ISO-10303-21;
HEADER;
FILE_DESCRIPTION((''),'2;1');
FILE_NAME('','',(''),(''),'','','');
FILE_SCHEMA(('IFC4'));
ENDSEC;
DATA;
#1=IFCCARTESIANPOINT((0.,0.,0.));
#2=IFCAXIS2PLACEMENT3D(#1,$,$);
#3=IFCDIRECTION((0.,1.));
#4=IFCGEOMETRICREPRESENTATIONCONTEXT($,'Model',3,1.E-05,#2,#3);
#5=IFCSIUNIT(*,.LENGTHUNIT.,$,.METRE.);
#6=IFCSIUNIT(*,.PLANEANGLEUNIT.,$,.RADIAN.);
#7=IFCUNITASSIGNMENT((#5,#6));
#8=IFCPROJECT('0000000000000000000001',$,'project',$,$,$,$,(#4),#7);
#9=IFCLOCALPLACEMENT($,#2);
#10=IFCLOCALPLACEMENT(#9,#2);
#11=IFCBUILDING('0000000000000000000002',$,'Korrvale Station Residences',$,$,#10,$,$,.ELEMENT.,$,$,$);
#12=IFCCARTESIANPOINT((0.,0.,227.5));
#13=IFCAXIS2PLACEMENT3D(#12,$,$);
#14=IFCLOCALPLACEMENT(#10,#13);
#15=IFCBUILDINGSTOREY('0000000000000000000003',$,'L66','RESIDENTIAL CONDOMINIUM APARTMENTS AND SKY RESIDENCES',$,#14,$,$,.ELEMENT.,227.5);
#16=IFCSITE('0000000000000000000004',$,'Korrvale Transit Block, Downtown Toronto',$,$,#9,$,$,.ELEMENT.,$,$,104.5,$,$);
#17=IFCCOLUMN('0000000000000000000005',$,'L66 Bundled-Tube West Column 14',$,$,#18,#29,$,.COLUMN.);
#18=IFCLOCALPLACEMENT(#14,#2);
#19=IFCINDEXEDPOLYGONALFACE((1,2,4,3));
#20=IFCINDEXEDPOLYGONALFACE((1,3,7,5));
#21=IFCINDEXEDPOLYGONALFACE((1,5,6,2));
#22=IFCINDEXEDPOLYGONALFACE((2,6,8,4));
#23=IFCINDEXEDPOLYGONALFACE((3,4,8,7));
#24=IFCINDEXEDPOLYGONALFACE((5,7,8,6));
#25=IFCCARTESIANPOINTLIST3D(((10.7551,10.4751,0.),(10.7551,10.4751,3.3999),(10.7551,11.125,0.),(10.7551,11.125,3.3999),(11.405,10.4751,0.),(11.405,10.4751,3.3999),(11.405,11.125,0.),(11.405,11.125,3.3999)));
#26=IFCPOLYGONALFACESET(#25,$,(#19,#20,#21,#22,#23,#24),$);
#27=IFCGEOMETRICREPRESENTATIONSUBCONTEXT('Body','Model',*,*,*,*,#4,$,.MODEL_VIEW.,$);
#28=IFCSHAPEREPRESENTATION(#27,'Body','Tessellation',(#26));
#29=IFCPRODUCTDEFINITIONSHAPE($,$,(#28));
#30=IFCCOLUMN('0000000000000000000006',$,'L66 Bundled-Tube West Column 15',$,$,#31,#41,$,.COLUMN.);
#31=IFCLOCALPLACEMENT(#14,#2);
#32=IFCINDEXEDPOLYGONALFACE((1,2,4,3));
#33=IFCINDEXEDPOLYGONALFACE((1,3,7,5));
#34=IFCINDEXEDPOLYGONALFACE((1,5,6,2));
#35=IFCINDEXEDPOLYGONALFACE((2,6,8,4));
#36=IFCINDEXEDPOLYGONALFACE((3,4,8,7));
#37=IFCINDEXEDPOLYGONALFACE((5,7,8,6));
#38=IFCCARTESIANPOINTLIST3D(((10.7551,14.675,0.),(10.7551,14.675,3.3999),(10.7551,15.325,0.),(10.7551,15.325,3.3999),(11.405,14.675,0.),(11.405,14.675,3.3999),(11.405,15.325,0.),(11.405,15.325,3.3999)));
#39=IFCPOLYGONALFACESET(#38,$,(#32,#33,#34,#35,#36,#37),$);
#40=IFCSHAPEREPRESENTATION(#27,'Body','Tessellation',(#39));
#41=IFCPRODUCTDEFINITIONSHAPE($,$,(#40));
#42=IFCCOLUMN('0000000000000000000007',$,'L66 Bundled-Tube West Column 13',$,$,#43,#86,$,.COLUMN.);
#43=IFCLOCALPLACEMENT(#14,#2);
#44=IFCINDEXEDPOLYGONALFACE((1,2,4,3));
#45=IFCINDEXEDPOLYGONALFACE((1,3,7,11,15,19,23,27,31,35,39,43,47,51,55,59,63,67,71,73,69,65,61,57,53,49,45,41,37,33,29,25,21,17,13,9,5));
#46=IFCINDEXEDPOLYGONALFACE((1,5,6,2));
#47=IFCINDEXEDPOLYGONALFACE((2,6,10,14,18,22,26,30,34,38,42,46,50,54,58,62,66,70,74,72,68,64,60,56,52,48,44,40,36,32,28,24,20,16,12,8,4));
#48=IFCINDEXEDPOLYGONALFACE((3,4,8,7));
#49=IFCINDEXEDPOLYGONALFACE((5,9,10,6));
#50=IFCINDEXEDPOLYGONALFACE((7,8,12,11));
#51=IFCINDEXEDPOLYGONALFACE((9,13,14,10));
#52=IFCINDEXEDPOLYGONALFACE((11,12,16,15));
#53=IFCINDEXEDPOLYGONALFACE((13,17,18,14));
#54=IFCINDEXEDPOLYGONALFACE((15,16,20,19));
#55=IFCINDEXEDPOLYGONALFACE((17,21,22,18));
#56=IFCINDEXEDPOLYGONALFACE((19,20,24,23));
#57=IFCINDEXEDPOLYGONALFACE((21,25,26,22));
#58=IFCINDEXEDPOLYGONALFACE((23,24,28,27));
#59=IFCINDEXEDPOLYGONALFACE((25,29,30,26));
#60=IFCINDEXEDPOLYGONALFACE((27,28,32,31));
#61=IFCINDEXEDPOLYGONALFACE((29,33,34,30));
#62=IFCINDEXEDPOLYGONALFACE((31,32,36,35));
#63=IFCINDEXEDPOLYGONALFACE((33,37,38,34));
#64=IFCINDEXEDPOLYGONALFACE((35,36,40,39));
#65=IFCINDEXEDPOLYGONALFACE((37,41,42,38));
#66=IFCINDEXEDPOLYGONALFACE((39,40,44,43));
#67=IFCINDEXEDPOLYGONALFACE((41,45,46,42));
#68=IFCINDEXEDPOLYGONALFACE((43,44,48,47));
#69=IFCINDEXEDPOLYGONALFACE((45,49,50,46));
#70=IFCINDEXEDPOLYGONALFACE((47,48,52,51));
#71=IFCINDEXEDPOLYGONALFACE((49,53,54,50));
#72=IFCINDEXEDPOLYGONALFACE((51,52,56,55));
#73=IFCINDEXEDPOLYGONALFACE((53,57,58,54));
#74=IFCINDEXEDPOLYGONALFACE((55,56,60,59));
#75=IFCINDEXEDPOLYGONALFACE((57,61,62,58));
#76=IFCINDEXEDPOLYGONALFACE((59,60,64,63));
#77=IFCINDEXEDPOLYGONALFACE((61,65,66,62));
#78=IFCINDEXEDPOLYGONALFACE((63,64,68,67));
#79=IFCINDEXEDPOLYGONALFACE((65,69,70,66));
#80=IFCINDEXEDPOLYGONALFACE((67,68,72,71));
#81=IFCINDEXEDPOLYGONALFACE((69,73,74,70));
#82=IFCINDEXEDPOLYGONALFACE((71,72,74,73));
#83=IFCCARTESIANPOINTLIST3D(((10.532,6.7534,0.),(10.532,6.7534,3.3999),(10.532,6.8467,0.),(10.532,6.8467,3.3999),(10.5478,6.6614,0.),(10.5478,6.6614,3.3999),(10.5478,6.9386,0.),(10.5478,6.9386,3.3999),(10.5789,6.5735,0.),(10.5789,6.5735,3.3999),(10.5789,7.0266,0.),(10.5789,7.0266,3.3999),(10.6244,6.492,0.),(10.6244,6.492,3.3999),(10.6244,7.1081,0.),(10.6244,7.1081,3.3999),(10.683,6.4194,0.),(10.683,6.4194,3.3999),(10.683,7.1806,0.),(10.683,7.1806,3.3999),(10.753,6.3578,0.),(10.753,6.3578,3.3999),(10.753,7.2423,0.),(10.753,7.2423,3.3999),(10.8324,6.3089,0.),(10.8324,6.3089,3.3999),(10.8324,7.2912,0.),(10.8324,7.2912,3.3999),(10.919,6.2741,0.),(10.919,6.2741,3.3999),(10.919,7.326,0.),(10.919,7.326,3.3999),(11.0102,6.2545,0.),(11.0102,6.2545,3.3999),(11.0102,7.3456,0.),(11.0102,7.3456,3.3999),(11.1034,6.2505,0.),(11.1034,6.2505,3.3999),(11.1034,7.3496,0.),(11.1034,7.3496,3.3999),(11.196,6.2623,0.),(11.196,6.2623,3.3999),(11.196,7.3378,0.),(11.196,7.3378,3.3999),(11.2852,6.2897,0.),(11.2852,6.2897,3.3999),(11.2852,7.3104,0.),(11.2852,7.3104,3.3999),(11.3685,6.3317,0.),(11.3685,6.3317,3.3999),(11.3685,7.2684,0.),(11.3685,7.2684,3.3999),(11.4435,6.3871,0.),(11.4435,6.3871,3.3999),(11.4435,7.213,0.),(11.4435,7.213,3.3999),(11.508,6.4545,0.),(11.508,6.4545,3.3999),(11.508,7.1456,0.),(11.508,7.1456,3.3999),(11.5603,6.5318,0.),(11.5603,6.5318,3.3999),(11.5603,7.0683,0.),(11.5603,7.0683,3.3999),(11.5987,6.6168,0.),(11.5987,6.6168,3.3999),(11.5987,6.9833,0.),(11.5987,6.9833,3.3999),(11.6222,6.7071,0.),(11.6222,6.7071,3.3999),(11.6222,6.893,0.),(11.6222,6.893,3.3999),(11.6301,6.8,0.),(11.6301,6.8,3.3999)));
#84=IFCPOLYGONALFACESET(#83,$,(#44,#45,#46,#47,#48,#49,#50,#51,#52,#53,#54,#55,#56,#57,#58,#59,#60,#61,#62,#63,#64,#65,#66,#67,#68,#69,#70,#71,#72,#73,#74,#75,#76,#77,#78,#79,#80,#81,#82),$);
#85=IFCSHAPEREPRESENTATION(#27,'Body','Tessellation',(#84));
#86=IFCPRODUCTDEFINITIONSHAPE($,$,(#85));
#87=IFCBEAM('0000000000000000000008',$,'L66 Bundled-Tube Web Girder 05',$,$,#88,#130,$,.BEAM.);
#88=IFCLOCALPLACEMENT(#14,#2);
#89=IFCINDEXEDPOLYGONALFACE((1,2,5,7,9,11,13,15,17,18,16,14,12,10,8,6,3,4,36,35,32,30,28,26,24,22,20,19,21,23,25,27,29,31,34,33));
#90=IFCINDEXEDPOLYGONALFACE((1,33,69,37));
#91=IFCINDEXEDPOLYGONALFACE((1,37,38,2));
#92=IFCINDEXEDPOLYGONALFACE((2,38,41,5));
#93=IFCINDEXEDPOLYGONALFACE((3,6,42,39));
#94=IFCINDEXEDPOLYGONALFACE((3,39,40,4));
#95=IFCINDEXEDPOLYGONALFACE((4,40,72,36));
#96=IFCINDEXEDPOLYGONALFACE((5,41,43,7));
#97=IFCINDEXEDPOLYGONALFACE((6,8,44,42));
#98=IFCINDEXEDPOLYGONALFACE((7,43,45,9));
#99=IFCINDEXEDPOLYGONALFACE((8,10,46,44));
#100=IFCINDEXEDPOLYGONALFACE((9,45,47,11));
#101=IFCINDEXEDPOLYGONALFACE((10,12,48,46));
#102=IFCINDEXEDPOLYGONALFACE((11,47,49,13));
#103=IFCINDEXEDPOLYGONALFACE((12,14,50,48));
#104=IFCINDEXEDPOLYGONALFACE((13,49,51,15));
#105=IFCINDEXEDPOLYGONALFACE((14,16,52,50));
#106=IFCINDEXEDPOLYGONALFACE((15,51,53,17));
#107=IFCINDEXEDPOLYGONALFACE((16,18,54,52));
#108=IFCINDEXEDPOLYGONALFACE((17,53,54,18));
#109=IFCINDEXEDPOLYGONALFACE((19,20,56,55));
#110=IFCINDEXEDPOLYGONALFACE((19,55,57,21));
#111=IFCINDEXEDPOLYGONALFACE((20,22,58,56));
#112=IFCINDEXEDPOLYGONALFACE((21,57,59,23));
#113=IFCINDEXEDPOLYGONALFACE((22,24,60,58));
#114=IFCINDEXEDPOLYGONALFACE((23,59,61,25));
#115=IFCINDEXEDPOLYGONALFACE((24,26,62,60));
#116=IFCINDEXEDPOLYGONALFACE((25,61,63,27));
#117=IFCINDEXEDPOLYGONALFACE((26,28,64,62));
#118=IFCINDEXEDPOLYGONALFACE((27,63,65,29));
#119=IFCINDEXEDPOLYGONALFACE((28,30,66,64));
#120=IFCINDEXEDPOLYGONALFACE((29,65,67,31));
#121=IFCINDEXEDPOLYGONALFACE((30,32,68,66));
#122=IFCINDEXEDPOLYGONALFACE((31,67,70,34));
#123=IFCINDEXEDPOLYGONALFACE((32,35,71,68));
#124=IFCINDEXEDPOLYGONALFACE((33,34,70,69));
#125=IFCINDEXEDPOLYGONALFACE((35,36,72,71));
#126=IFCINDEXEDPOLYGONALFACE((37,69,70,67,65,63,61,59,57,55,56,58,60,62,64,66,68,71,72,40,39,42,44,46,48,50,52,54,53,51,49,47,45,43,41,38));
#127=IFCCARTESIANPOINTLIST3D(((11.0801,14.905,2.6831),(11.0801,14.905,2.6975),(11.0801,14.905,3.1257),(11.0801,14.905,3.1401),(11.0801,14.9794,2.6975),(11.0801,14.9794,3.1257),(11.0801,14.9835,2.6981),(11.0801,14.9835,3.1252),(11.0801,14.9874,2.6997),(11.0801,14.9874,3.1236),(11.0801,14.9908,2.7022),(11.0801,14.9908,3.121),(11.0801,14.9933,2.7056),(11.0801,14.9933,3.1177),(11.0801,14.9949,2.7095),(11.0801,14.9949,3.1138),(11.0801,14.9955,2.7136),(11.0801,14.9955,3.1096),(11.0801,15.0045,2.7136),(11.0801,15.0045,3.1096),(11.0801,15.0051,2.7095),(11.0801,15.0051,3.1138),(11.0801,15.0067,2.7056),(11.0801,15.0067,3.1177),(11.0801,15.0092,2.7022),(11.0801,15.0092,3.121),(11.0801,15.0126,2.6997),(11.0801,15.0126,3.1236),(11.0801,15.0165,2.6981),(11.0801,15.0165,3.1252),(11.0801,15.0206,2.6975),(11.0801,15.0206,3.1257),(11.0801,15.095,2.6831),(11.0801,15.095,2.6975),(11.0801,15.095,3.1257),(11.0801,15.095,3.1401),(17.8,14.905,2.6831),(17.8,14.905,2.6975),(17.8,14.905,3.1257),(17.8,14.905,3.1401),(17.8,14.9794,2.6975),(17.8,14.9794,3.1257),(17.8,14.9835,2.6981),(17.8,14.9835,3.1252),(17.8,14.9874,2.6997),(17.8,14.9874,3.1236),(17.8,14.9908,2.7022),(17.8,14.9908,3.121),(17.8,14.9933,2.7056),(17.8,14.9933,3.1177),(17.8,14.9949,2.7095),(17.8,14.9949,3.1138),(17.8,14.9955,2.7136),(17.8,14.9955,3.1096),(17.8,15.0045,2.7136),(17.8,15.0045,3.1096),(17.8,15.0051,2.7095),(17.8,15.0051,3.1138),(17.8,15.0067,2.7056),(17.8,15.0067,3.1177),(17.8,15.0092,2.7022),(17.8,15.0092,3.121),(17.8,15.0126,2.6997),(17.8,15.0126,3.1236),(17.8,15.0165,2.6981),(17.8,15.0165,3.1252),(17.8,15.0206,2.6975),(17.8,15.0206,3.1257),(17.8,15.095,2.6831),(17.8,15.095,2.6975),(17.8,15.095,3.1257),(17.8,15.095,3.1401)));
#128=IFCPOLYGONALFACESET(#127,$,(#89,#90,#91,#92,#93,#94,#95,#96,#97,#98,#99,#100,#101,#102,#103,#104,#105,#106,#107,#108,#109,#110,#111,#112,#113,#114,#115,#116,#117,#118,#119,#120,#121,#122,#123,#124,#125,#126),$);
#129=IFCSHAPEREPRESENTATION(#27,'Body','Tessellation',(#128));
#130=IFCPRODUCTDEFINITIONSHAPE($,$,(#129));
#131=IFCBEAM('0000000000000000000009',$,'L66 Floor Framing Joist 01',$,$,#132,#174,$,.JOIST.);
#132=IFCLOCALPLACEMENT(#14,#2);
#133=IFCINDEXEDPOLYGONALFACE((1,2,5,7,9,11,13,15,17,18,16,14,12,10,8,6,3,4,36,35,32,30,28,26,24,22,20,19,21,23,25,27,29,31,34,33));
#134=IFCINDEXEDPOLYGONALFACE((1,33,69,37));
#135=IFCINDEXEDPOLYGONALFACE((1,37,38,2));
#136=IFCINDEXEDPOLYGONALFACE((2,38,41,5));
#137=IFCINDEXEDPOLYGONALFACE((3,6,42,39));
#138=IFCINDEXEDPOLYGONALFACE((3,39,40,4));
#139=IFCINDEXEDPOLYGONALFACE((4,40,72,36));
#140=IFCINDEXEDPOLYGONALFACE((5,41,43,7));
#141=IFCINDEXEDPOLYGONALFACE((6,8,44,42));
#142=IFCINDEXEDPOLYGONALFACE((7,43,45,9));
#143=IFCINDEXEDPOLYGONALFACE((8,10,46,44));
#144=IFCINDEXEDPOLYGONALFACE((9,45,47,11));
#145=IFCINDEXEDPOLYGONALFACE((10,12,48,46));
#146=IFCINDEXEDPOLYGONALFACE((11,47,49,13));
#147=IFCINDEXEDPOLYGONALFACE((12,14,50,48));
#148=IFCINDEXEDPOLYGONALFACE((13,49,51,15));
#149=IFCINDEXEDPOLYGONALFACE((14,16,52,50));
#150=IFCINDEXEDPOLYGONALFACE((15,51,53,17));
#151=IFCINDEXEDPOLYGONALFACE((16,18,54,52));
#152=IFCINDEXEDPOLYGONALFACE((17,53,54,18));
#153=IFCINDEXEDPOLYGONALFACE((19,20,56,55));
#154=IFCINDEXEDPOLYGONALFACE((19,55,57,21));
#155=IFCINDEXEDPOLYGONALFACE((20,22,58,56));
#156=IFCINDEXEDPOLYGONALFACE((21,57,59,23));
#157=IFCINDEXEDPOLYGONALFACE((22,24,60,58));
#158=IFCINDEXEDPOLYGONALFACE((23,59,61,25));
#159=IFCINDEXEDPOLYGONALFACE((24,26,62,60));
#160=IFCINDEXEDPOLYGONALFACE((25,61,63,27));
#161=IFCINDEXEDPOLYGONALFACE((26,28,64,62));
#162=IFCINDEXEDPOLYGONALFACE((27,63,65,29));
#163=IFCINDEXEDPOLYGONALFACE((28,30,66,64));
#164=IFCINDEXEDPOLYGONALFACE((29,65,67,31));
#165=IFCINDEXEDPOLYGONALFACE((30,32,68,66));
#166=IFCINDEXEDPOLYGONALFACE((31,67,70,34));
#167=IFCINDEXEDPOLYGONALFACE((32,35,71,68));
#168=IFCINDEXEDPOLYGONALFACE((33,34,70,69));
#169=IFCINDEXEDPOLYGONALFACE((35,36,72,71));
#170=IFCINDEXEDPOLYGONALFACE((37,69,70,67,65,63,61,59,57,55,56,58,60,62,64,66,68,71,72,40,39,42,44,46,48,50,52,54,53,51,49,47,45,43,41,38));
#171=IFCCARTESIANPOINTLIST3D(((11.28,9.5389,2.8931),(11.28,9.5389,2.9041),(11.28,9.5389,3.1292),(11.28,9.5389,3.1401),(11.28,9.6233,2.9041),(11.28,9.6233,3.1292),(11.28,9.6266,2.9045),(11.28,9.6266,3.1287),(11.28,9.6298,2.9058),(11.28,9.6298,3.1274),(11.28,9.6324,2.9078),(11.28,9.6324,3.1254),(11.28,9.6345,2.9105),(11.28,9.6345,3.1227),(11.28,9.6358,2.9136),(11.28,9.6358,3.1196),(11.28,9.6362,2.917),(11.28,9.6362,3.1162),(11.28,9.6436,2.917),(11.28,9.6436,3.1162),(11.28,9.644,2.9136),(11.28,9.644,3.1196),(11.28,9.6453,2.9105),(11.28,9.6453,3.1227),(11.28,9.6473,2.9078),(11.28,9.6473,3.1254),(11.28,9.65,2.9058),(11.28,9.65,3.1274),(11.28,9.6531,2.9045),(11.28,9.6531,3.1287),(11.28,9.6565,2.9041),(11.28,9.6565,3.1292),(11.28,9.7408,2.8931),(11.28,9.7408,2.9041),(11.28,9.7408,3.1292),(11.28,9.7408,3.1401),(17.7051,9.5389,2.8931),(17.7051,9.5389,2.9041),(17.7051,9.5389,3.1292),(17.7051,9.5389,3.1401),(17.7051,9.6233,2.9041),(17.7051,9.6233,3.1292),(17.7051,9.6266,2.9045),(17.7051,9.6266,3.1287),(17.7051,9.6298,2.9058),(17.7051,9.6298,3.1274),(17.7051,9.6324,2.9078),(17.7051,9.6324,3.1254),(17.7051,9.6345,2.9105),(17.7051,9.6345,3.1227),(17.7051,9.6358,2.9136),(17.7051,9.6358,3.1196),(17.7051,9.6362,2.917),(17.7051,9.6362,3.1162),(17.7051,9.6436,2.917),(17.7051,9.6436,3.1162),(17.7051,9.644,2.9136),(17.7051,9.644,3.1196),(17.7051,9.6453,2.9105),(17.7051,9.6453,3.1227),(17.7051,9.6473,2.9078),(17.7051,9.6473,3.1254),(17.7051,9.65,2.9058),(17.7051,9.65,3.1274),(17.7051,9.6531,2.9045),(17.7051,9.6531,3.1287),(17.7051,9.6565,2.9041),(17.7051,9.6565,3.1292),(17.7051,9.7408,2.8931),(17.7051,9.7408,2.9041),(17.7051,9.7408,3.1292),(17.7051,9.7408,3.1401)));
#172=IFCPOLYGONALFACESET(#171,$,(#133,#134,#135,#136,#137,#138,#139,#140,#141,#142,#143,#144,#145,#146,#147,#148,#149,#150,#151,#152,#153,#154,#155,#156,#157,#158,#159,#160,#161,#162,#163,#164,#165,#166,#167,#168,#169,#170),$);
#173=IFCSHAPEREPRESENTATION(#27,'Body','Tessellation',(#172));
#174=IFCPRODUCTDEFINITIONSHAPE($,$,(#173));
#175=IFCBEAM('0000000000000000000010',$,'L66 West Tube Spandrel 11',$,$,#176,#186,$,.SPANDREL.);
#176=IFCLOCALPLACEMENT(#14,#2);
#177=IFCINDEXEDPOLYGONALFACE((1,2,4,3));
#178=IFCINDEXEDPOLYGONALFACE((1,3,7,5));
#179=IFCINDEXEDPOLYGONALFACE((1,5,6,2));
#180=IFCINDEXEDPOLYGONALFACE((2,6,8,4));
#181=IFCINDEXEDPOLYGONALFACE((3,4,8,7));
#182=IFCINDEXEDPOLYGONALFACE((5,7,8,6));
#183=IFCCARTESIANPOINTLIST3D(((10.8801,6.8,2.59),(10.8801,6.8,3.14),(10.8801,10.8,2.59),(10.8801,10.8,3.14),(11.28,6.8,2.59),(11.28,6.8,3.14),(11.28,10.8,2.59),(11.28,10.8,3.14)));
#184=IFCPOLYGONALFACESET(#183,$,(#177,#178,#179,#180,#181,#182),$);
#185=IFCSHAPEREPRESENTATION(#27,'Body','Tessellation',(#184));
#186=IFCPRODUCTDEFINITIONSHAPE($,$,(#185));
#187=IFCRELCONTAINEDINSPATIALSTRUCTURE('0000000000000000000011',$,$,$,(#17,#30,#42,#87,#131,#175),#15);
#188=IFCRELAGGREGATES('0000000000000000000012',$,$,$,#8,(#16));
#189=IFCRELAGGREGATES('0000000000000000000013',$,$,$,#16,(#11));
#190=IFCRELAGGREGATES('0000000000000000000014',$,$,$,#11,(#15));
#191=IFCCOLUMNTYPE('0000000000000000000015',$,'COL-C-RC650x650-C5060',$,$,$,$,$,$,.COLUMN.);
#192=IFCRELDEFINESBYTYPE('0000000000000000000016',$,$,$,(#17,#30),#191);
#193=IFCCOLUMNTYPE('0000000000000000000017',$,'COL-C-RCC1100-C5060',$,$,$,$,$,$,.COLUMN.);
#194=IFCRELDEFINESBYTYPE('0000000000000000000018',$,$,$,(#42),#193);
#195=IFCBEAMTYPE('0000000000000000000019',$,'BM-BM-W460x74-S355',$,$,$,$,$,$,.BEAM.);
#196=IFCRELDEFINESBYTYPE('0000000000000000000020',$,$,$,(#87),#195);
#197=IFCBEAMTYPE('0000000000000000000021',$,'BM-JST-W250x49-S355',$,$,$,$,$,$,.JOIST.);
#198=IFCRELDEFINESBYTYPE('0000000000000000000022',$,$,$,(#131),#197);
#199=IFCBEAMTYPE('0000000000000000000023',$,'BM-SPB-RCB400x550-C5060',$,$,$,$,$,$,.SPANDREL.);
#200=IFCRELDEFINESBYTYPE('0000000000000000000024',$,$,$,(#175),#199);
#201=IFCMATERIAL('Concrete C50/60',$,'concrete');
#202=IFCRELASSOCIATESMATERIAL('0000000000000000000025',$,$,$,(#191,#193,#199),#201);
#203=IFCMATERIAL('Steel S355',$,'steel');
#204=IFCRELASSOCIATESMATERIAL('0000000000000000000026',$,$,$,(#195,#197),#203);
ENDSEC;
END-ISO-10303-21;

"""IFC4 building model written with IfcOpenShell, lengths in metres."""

from ifc_helpers import new_model, si_unit, direction, frame, origin, origin_2d, place, context, subcontext, project, spatial, rectangle, circle, i_section, extrude, material, material_profile, profile_set, type_object, element, save


model = new_model("IFC4")

# Units and contexts
model_context = context("Model", 3, precision=1e-05, world=origin(), true_north=direction((0.0, 1.0)))
body_context = subcontext(model_context, "Body", "Model", "MODEL_VIEW")
ifc_project = project(units=[si_unit("LENGTHUNIT", "METRE"), si_unit("PLANEANGLEUNIT", "RADIAN")], contexts=[model_context])

# Site, building, storey
site_placement = place(None, origin())
site = spatial("IfcSite", under=ifc_project, at=site_placement, Name="Korrvale Transit Block, Downtown Toronto", CompositionType="ELEMENT", RefElevation=104.5)
building_placement = place(site_placement, origin())
building = spatial("IfcBuilding", under=site, at=building_placement, Name="Korrvale Station Residences", CompositionType="ELEMENT")
storey_placement = place(building_placement, frame((0.0, 0.0, 227.5)))
storey = spatial("IfcBuildingStorey", under=building, at=storey_placement, Name="L66", Description="RESIDENTIAL CONDOMINIUM APARTMENTS AND SKY RESIDENCES", CompositionType="ELEMENT", Elevation=227.5)

# Columns
ifc_material_1 = material(Name="Concrete C50/60", Category="concrete")
ifc_material_profile_1 = material_profile(ifc_material_1, rectangle(XDim=0.6499, YDim=0.6499, at=origin_2d()), Name="RC650x650")
ifc_profile_set_1 = profile_set([ifc_material_profile_1], Name="Concrete C50/60")
column_type_1 = type_object("IfcColumnType", Name="COL-C-RC650x650-C5060", PredefinedType="COLUMN", material=ifc_profile_set_1)
for number, where, z_axis, x_axis, name in (
    (1, (11.0801, 10.8, 0.0), (0.0, 0.0, 1.0), (1.0, 0.0, 0.0), "L66 Bundled-Tube West Column 14"),
    (2, (11.0801, 15.0, 0.0), (0.0, 0.0, 1.0), (1.0, 0.0, 0.0), "L66 Bundled-Tube West Column 15"),
):
    element("IfcColumn", number, at=place(storey_placement, frame(where, z_axis=z_axis, x_axis=x_axis)), inside=storey, type_object=column_type_1, Name=name, PredefinedType="COLUMN", context=body_context, shape_type="SweptSolid", body=[
        extrude(rectangle(XDim=0.6499, YDim=0.6499, at=origin_2d()), origin(), (0.0, 0.0, 1.0), 3.3999),
    ])
ifc_material_profile_2 = material_profile(ifc_material_1, circle(Radius=0.55, at=origin_2d()), Name="RCC1100")
ifc_profile_set_2 = profile_set([ifc_material_profile_2], Name="Concrete C50/60")
column_type_2 = type_object("IfcColumnType", Name="COL-C-RCC1100-C5060", PredefinedType="COLUMN", material=ifc_profile_set_2)
column_placement = place(storey_placement, frame((11.0801, 6.8, 0.0), z_axis=(0.0, 0.0, 1.0), x_axis=(1.0, 0.0, 0.0)))
element("IfcColumn", 3, at=column_placement, inside=storey, type_object=column_type_2, Name="L66 Bundled-Tube West Column 13", PredefinedType="COLUMN", context=body_context, shape_type="SweptSolid", body=[
    extrude(circle(Radius=0.55, at=origin_2d()), origin(), (0.0, 0.0, 1.0), 3.3999),
])

# Beams
ifc_material_2 = material(Name="Steel S355", Category="steel")
ifc_material_profile_3 = material_profile(ifc_material_2, i_section(OverallWidth=0.1899, OverallDepth=0.457, WebThickness=0.009, FlangeThickness=0.0144, FilletRadius=0.0161, at=origin_2d()), Name="W460x74")
ifc_profile_set_3 = profile_set([ifc_material_profile_3], Name="Steel S355")
beam_type_1 = type_object("IfcBeamType", Name="BM-BM-W460x74-S355", PredefinedType="BEAM", material=ifc_profile_set_3)
beam_1_placement = place(storey_placement, frame((11.0801, 15.0, 2.9116), z_axis=(1.0, 0.0, 0.0), x_axis=(0.0, 1.0, 0.0)))
element("IfcBeam", 4, at=beam_1_placement, inside=storey, type_object=beam_type_1, Name="L66 Bundled-Tube Web Girder 05", PredefinedType="BEAM", context=body_context, shape_type="SweptSolid", body=[
    extrude(i_section(OverallWidth=0.1899, OverallDepth=0.457, WebThickness=0.009, FlangeThickness=0.0144, FilletRadius=0.0161, at=origin_2d()), origin(), (0.0, 0.0, 1.0), 6.72),
])
ifc_material_profile_4 = material_profile(ifc_material_2, i_section(OverallWidth=0.2019, OverallDepth=0.2471, WebThickness=0.0073, FlangeThickness=0.011, FilletRadius=0.0129, at=origin_2d()), Name="W250x49")
ifc_profile_set_4 = profile_set([ifc_material_profile_4], Name="Steel S355")
beam_type_2 = type_object("IfcBeamType", Name="BM-JST-W250x49-S355", PredefinedType="JOIST", material=ifc_profile_set_4)
beam_2_placement = place(storey_placement, frame((11.28, 9.6399, 3.0166), z_axis=(1.0, 0.0, 0.0), x_axis=(0.0, 1.0, 0.0)))
element("IfcBeam", 5, at=beam_2_placement, inside=storey, type_object=beam_type_2, Name="L66 Floor Framing Joist 01", PredefinedType="JOIST", context=body_context, shape_type="SweptSolid", body=[
    extrude(i_section(OverallWidth=0.2019, OverallDepth=0.2471, WebThickness=0.0073, FlangeThickness=0.011, FilletRadius=0.0129, at=origin_2d()), origin(), (0.0, 0.0, 1.0), 6.425),
])
ifc_material_profile_5 = material_profile(ifc_material_1, rectangle(XDim=0.3999, YDim=0.55, at=origin_2d()), Name="RCB400x550")
ifc_profile_set_5 = profile_set([ifc_material_profile_5], Name="Concrete C50/60")
beam_type_3 = type_object("IfcBeamType", Name="BM-SPB-RCB400x550-C5060", PredefinedType="SPANDREL", material=ifc_profile_set_5)
beam_3_placement = place(storey_placement, frame((11.0801, 6.8, 2.865), z_axis=(0.0, 1.0, 0.0), x_axis=(-1.0, 0.0, 0.0)))
element("IfcBeam", 6, at=beam_3_placement, inside=storey, type_object=beam_type_3, Name="L66 West Tube Spandrel 11", PredefinedType="SPANDREL", context=body_context, shape_type="SweptSolid", body=[
    extrude(rectangle(XDim=0.3999, YDim=0.55, at=origin_2d()), origin(), (0.0, 0.0, 1.0), 4.0),
])

save(model, "model.ifc")
